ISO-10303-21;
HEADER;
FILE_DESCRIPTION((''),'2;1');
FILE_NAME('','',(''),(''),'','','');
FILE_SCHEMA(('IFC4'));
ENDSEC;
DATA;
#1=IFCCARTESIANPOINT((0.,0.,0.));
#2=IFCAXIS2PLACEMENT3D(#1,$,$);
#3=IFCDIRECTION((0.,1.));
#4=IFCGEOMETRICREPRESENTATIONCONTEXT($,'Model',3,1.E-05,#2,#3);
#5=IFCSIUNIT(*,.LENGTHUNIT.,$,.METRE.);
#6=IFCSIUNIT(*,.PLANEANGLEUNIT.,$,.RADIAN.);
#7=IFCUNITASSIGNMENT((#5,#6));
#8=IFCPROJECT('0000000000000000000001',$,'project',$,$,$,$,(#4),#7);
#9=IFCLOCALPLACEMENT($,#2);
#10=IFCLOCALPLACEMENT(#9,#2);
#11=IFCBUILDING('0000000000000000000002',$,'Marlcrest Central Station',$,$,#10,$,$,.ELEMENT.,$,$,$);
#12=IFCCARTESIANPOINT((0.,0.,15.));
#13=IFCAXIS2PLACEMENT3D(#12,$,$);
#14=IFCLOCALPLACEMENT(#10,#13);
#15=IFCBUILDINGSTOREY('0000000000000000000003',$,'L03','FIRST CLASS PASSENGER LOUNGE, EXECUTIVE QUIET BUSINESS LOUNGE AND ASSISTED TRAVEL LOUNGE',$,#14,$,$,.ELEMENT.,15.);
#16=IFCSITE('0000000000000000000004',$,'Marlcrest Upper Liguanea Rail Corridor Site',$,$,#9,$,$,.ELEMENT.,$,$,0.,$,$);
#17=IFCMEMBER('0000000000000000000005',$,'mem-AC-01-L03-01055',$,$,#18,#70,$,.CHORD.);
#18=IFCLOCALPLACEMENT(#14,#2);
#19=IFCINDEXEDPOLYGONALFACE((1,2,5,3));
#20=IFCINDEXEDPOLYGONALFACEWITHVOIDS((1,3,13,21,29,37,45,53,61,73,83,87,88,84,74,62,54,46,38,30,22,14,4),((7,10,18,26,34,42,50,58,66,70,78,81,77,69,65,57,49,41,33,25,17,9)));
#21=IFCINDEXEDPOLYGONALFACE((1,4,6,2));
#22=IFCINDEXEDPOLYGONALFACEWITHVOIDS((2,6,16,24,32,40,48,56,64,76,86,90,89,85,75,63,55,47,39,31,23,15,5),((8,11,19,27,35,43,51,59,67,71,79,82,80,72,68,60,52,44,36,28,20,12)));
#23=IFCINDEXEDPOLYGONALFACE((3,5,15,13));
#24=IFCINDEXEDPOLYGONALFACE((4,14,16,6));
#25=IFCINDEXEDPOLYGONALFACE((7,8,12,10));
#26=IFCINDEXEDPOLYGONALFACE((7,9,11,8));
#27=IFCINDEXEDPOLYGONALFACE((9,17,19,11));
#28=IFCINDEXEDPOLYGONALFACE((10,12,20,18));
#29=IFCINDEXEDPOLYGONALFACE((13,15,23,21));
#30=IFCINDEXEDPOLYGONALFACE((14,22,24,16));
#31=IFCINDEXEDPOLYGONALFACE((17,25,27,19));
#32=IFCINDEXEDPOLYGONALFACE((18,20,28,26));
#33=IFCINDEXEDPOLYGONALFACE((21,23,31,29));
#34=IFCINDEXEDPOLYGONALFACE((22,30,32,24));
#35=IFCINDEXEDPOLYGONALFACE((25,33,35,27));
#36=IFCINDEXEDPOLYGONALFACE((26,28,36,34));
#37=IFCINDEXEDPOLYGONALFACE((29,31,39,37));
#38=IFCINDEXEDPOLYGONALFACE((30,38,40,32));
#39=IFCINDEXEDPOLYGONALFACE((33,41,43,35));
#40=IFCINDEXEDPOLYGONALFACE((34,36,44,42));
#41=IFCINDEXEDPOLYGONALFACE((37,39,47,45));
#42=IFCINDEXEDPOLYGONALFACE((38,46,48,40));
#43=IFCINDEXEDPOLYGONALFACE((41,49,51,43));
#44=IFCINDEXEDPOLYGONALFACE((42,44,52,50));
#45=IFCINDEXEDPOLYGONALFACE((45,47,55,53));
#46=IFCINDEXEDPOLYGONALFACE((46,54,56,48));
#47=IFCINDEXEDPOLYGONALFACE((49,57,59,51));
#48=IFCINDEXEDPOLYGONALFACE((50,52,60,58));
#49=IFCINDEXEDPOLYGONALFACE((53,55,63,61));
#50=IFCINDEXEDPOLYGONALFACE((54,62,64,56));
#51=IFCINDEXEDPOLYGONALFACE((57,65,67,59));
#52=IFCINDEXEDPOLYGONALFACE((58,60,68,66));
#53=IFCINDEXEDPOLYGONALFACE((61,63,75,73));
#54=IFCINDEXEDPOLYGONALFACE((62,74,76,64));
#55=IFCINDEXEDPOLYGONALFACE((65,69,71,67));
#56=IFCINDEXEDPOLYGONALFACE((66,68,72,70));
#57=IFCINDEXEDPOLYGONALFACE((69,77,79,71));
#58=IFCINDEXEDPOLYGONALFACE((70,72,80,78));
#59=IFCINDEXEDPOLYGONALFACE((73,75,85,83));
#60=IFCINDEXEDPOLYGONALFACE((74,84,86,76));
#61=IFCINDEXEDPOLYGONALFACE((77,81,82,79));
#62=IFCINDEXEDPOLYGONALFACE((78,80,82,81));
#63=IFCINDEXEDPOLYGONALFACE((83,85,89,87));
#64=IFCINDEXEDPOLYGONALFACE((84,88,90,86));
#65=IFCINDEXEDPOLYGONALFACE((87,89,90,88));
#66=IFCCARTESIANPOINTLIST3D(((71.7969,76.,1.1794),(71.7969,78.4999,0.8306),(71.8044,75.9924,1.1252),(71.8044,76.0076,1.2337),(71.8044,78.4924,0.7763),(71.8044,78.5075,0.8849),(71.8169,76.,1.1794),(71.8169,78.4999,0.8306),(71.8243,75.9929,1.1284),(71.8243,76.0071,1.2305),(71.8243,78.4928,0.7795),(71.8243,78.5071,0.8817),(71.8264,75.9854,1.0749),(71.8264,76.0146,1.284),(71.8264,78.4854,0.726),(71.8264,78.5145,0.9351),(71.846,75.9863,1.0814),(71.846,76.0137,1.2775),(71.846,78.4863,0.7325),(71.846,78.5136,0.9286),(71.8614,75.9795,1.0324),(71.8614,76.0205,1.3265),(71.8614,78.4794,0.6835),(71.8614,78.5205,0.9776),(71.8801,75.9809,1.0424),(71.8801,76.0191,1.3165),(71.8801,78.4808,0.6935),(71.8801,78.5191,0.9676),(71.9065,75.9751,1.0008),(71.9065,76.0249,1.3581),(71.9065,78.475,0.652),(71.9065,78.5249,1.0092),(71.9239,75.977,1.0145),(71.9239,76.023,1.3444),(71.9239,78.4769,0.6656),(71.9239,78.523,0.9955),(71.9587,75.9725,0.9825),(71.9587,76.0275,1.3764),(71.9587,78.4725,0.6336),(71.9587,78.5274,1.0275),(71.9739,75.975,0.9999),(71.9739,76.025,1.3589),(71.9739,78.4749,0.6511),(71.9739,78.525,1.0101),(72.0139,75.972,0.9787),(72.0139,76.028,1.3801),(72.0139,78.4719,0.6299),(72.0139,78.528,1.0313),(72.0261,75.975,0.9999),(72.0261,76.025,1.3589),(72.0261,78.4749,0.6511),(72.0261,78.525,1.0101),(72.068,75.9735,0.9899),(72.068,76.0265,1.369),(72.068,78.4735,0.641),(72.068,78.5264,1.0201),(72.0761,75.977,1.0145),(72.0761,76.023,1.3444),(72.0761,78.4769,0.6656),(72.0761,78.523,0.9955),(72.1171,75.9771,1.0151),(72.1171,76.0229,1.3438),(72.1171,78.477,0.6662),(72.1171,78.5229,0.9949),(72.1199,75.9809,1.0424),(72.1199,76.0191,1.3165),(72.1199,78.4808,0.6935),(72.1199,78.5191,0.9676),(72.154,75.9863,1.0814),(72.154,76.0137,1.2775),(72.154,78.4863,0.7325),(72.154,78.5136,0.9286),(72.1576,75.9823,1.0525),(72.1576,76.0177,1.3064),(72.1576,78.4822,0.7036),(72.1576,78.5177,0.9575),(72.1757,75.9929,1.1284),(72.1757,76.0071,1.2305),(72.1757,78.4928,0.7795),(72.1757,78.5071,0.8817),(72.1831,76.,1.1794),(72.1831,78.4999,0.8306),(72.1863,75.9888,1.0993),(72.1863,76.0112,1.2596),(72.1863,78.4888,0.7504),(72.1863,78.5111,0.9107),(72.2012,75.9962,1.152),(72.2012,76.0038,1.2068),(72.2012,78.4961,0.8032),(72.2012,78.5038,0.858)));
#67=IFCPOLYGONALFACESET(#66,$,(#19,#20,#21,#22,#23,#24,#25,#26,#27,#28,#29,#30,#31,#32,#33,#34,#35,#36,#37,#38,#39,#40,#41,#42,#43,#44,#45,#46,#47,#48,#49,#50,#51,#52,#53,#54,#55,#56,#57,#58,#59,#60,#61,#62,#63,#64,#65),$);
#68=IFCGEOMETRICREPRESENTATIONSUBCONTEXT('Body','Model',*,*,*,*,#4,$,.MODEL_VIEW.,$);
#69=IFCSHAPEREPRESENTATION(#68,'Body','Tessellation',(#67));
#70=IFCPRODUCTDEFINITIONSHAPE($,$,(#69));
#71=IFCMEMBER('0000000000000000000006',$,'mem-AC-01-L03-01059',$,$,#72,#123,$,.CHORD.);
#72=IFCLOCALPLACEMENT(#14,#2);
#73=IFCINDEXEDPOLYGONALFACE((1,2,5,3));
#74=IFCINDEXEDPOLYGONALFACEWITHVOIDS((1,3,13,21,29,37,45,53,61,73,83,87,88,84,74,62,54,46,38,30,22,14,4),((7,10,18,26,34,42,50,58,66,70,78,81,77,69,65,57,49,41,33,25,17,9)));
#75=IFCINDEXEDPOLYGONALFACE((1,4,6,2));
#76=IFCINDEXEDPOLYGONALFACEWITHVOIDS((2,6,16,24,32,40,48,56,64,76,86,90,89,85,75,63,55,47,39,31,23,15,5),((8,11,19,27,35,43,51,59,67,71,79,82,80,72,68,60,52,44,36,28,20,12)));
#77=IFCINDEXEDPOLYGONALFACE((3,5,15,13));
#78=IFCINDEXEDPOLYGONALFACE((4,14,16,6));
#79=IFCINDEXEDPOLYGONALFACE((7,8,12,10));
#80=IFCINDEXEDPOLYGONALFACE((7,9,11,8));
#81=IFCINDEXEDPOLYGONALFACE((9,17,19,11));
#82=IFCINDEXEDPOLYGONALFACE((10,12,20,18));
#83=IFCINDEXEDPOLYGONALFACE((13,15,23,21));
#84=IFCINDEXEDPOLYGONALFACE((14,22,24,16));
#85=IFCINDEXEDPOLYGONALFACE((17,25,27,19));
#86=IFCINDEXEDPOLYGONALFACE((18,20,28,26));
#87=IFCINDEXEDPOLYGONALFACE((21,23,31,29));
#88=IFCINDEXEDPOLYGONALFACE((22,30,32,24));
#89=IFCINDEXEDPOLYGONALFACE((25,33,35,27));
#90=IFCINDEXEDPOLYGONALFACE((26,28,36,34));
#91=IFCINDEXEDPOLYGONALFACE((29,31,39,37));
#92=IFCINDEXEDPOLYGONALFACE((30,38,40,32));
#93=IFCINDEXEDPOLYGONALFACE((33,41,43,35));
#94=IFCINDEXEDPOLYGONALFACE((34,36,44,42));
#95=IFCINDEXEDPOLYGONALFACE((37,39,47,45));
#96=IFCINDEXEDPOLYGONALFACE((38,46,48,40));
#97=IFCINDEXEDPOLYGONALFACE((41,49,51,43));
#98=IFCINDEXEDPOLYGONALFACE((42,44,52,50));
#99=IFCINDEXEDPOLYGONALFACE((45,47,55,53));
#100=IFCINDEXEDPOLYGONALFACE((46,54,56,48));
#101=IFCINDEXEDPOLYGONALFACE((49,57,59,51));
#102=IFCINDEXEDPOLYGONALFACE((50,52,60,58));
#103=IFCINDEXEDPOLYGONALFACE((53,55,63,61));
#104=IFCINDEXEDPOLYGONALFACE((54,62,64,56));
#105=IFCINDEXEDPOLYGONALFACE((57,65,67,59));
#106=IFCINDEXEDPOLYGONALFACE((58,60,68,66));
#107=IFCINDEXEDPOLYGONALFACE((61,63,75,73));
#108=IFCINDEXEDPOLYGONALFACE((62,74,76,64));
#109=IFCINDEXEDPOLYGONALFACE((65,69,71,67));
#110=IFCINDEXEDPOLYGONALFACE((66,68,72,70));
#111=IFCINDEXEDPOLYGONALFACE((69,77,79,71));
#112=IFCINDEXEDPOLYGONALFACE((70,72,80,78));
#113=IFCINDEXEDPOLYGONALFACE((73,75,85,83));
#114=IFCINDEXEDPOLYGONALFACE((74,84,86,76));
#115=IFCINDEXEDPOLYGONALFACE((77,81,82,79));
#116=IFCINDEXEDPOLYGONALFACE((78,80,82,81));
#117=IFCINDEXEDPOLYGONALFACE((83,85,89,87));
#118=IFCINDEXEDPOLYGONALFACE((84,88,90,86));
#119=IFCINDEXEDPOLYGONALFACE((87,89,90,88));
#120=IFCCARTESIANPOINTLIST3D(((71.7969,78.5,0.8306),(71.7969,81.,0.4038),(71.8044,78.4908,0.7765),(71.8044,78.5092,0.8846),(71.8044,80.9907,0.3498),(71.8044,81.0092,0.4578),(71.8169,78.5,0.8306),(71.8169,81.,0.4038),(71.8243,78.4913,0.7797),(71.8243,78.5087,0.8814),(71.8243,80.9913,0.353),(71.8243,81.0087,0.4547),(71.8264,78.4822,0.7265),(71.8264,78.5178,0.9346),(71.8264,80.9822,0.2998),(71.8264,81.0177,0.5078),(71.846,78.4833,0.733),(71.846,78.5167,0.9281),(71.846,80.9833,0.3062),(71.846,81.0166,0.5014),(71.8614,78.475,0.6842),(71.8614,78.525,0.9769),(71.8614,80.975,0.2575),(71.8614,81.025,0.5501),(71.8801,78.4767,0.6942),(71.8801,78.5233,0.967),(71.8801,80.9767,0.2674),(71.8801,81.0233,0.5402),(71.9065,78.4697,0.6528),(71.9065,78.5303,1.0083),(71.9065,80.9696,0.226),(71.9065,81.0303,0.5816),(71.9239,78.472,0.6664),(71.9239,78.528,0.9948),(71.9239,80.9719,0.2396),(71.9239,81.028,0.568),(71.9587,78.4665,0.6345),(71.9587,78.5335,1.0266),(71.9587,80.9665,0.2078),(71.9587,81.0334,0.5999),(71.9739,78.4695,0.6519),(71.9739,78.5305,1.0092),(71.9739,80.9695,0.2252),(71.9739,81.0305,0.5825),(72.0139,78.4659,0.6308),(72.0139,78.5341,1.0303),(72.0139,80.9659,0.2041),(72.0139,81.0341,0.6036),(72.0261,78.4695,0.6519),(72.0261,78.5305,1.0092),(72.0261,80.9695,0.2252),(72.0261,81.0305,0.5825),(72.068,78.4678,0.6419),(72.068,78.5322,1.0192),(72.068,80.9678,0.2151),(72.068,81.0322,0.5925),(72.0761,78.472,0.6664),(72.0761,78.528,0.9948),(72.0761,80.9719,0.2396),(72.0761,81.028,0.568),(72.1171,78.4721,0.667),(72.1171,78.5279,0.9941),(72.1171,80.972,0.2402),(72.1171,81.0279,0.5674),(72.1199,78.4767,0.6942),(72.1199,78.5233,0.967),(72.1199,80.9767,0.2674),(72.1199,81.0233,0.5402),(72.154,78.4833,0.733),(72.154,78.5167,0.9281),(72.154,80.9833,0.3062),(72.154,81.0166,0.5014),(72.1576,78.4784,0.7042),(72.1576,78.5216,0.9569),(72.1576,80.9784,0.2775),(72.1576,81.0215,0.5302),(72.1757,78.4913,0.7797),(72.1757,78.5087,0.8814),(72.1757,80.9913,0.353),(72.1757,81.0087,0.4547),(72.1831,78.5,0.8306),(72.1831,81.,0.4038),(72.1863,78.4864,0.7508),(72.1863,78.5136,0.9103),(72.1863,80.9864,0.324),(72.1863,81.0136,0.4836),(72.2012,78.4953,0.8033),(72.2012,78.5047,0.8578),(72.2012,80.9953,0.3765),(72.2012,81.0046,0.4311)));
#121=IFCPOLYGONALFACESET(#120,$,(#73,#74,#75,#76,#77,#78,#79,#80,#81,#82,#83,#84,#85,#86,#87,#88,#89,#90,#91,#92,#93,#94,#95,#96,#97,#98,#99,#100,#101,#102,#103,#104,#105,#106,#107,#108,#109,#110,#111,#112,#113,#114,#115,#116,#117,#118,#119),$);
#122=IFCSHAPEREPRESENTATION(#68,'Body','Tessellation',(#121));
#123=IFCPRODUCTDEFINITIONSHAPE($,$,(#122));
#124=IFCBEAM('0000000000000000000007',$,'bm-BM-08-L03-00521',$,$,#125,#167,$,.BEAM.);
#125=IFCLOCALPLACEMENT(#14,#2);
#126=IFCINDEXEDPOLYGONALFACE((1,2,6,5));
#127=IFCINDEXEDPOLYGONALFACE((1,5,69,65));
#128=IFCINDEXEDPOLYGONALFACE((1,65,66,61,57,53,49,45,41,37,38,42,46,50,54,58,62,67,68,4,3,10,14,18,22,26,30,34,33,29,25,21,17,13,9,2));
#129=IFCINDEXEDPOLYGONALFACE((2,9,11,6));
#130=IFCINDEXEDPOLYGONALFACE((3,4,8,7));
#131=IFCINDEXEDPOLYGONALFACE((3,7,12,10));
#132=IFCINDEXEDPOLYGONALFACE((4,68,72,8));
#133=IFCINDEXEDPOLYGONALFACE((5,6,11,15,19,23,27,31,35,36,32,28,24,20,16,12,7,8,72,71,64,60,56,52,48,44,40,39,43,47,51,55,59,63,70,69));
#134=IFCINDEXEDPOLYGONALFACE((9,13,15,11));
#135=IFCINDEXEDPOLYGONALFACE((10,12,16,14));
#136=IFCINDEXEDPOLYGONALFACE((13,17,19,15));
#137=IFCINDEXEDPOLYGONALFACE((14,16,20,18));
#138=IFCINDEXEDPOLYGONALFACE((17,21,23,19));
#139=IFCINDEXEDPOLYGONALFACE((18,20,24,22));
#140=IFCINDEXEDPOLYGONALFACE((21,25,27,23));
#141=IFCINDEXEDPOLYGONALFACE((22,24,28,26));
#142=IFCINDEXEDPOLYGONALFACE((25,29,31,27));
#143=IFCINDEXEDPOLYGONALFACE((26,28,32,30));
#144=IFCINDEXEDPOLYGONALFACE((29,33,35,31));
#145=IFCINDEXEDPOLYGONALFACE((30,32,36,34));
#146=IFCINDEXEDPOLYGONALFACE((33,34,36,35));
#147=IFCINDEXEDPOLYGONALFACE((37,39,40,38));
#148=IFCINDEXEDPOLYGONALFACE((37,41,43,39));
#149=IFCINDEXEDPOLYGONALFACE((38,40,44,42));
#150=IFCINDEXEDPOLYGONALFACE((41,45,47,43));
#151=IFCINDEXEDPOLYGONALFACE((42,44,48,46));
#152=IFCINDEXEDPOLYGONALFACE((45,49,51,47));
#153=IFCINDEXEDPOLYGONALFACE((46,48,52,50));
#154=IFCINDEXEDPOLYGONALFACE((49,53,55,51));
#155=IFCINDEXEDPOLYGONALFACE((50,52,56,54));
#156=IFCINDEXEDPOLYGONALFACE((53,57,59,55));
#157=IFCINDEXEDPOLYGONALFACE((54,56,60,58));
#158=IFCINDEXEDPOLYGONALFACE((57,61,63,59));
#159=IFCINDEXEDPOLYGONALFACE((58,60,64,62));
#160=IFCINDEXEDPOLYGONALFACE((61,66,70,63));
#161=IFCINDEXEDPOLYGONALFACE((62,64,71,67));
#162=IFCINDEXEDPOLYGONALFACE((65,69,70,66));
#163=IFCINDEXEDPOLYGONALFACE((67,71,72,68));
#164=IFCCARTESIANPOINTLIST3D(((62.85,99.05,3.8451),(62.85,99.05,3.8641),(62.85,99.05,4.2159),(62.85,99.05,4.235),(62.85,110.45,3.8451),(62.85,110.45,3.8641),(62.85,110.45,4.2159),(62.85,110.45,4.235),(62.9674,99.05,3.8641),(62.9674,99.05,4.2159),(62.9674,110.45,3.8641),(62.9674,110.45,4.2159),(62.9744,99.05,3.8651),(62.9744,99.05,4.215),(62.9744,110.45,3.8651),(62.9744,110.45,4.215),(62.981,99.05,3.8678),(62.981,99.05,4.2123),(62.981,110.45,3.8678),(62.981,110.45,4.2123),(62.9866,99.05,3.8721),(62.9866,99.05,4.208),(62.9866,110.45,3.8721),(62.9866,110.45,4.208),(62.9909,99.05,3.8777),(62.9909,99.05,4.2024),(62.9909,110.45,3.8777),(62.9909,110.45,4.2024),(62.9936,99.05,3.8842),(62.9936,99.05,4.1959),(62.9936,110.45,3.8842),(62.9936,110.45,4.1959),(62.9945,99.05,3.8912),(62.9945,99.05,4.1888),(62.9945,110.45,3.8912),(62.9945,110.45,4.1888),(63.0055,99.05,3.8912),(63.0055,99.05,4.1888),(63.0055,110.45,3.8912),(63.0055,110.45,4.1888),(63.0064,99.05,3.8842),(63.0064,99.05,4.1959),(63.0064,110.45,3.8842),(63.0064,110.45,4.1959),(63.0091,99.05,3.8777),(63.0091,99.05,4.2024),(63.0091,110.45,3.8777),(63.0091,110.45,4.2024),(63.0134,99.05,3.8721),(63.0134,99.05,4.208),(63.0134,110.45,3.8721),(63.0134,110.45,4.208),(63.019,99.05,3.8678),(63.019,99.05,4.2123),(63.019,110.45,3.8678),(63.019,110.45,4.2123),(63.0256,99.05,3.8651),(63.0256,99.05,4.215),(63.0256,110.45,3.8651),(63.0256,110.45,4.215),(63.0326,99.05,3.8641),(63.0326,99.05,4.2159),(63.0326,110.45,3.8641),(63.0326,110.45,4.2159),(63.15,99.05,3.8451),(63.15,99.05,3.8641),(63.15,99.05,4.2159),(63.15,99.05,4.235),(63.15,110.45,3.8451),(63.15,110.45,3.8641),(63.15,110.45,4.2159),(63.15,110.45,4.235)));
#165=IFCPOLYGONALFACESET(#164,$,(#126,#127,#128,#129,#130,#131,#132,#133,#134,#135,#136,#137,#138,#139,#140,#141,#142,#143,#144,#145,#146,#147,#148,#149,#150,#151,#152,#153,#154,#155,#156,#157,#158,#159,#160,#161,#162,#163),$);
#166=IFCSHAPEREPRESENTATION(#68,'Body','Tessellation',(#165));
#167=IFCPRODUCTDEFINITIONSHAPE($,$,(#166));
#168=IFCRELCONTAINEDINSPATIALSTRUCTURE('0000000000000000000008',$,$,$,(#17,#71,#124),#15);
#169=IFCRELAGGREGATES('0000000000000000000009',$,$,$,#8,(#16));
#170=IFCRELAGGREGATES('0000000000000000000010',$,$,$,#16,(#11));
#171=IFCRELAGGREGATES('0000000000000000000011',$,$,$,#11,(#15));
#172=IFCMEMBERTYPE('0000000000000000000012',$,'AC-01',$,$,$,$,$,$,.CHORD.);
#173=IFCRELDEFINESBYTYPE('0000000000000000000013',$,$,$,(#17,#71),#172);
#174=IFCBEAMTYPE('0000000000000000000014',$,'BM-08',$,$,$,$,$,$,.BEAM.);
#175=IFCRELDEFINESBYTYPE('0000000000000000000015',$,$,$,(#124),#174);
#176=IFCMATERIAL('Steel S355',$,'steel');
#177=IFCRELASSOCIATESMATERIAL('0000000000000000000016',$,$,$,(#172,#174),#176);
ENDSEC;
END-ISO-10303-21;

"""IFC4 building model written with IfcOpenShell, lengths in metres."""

from ifc_helpers import new_model, si_unit, direction, frame, origin, origin_2d, place, context, subcontext, project, spatial, hollow_circle, i_section, extrude, material, material_profile, profile_set, type_object, element, save


model = new_model("IFC4")

# Units and contexts
model_context = context("Model", 3, precision=1e-05, world=origin(), true_north=direction((0.0, 1.0)))
body_context = subcontext(model_context, "Body", "Model", "MODEL_VIEW")
ifc_project = project(units=[si_unit("LENGTHUNIT", "METRE"), si_unit("PLANEANGLEUNIT", "RADIAN")], contexts=[model_context])

# Site, building, storey
site_placement = place(None, origin())
site = spatial("IfcSite", under=ifc_project, at=site_placement, Name="Marlcrest Upper Liguanea Rail Corridor Site", CompositionType="ELEMENT", RefElevation=0.0)
building_placement = place(site_placement, origin())
building = spatial("IfcBuilding", under=site, at=building_placement, Name="Marlcrest Central Station", CompositionType="ELEMENT")
storey_placement = place(building_placement, frame((0.0, 0.0, 15.0)))
storey = spatial("IfcBuildingStorey", under=building, at=storey_placement, Name="L03", Description="FIRST CLASS PASSENGER LOUNGE, EXECUTIVE QUIET BUSINESS LOUNGE AND ASSISTED TRAVEL LOUNGE", CompositionType="ELEMENT", Elevation=15.0)

# Members
ifc_material_1 = material(Name="Steel S355", Category="steel")
ifc_material_profile_1 = material_profile(ifc_material_1, hollow_circle(Radius=0.2031, WallThickness=0.02, at=origin_2d()), Name="CHS 406.4x20")
ifc_profile_set_1 = profile_set([ifc_material_profile_1], Name="Steel S355")
member_type_1 = type_object("IfcMemberType", Name="AC-01", PredefinedType="CHORD", material=ifc_profile_set_1)
member_1_placement = place(storey_placement, frame((72.0, 76.0, 1.1794), z_axis=(0.0, 0.990403, -0.138211), x_axis=(-1.0, 0.0, 0.0)))
element("IfcMember", 1, at=member_1_placement, inside=storey, type_object=member_type_1, Name="mem-AC-01-L03-01055", PredefinedType="CHORD", context=body_context, shape_type="SweptSolid", body=[
    extrude(hollow_circle(Radius=0.2031, WallThickness=0.02, at=origin_2d()), origin(), (0.0, 0.0, 1.0), 2.5242),
])
member_2_placement = place(storey_placement, frame((72.0, 78.5, 0.8306), z_axis=(0.0, 0.985741, -0.168269), x_axis=(-1.0, 0.0, 0.0)))
element("IfcMember", 2, at=member_2_placement, inside=storey, type_object=member_type_1, Name="mem-AC-01-L03-01059", PredefinedType="CHORD", context=body_context, shape_type="SweptSolid", body=[
    extrude(hollow_circle(Radius=0.2031, WallThickness=0.02, at=origin_2d()), origin(), (0.0, 0.0, 1.0), 2.5361),
])

# Beam
ifc_material_profile_2 = material_profile(ifc_material_1, i_section(OverallWidth=0.3, OverallDepth=0.3899, WebThickness=0.011, FlangeThickness=0.019, FilletRadius=0.0271, at=origin_2d()), Name="HEA 400")
ifc_profile_set_2 = profile_set([ifc_material_profile_2], Name="Steel S355")
beam_type_1 = type_object("IfcBeamType", Name="BM-08", PredefinedType="BEAM", material=ifc_profile_set_2)
beam_1_placement = place(storey_placement, frame((63.0, 99.05, 4.04), z_axis=(0.0, 1.0, 0.0), x_axis=(-1.0, 0.0, 0.0)))
element("IfcBeam", 3, at=beam_1_placement, inside=storey, type_object=beam_type_1, Name="bm-BM-08-L03-00521", PredefinedType="BEAM", context=body_context, shape_type="SweptSolid", body=[
    extrude(i_section(OverallWidth=0.3, OverallDepth=0.3899, WebThickness=0.011, FlangeThickness=0.019, FilletRadius=0.0271, at=origin_2d()), origin(), (0.0, 0.0, 1.0), 11.3999),
])

save(model, "model.ifc")
